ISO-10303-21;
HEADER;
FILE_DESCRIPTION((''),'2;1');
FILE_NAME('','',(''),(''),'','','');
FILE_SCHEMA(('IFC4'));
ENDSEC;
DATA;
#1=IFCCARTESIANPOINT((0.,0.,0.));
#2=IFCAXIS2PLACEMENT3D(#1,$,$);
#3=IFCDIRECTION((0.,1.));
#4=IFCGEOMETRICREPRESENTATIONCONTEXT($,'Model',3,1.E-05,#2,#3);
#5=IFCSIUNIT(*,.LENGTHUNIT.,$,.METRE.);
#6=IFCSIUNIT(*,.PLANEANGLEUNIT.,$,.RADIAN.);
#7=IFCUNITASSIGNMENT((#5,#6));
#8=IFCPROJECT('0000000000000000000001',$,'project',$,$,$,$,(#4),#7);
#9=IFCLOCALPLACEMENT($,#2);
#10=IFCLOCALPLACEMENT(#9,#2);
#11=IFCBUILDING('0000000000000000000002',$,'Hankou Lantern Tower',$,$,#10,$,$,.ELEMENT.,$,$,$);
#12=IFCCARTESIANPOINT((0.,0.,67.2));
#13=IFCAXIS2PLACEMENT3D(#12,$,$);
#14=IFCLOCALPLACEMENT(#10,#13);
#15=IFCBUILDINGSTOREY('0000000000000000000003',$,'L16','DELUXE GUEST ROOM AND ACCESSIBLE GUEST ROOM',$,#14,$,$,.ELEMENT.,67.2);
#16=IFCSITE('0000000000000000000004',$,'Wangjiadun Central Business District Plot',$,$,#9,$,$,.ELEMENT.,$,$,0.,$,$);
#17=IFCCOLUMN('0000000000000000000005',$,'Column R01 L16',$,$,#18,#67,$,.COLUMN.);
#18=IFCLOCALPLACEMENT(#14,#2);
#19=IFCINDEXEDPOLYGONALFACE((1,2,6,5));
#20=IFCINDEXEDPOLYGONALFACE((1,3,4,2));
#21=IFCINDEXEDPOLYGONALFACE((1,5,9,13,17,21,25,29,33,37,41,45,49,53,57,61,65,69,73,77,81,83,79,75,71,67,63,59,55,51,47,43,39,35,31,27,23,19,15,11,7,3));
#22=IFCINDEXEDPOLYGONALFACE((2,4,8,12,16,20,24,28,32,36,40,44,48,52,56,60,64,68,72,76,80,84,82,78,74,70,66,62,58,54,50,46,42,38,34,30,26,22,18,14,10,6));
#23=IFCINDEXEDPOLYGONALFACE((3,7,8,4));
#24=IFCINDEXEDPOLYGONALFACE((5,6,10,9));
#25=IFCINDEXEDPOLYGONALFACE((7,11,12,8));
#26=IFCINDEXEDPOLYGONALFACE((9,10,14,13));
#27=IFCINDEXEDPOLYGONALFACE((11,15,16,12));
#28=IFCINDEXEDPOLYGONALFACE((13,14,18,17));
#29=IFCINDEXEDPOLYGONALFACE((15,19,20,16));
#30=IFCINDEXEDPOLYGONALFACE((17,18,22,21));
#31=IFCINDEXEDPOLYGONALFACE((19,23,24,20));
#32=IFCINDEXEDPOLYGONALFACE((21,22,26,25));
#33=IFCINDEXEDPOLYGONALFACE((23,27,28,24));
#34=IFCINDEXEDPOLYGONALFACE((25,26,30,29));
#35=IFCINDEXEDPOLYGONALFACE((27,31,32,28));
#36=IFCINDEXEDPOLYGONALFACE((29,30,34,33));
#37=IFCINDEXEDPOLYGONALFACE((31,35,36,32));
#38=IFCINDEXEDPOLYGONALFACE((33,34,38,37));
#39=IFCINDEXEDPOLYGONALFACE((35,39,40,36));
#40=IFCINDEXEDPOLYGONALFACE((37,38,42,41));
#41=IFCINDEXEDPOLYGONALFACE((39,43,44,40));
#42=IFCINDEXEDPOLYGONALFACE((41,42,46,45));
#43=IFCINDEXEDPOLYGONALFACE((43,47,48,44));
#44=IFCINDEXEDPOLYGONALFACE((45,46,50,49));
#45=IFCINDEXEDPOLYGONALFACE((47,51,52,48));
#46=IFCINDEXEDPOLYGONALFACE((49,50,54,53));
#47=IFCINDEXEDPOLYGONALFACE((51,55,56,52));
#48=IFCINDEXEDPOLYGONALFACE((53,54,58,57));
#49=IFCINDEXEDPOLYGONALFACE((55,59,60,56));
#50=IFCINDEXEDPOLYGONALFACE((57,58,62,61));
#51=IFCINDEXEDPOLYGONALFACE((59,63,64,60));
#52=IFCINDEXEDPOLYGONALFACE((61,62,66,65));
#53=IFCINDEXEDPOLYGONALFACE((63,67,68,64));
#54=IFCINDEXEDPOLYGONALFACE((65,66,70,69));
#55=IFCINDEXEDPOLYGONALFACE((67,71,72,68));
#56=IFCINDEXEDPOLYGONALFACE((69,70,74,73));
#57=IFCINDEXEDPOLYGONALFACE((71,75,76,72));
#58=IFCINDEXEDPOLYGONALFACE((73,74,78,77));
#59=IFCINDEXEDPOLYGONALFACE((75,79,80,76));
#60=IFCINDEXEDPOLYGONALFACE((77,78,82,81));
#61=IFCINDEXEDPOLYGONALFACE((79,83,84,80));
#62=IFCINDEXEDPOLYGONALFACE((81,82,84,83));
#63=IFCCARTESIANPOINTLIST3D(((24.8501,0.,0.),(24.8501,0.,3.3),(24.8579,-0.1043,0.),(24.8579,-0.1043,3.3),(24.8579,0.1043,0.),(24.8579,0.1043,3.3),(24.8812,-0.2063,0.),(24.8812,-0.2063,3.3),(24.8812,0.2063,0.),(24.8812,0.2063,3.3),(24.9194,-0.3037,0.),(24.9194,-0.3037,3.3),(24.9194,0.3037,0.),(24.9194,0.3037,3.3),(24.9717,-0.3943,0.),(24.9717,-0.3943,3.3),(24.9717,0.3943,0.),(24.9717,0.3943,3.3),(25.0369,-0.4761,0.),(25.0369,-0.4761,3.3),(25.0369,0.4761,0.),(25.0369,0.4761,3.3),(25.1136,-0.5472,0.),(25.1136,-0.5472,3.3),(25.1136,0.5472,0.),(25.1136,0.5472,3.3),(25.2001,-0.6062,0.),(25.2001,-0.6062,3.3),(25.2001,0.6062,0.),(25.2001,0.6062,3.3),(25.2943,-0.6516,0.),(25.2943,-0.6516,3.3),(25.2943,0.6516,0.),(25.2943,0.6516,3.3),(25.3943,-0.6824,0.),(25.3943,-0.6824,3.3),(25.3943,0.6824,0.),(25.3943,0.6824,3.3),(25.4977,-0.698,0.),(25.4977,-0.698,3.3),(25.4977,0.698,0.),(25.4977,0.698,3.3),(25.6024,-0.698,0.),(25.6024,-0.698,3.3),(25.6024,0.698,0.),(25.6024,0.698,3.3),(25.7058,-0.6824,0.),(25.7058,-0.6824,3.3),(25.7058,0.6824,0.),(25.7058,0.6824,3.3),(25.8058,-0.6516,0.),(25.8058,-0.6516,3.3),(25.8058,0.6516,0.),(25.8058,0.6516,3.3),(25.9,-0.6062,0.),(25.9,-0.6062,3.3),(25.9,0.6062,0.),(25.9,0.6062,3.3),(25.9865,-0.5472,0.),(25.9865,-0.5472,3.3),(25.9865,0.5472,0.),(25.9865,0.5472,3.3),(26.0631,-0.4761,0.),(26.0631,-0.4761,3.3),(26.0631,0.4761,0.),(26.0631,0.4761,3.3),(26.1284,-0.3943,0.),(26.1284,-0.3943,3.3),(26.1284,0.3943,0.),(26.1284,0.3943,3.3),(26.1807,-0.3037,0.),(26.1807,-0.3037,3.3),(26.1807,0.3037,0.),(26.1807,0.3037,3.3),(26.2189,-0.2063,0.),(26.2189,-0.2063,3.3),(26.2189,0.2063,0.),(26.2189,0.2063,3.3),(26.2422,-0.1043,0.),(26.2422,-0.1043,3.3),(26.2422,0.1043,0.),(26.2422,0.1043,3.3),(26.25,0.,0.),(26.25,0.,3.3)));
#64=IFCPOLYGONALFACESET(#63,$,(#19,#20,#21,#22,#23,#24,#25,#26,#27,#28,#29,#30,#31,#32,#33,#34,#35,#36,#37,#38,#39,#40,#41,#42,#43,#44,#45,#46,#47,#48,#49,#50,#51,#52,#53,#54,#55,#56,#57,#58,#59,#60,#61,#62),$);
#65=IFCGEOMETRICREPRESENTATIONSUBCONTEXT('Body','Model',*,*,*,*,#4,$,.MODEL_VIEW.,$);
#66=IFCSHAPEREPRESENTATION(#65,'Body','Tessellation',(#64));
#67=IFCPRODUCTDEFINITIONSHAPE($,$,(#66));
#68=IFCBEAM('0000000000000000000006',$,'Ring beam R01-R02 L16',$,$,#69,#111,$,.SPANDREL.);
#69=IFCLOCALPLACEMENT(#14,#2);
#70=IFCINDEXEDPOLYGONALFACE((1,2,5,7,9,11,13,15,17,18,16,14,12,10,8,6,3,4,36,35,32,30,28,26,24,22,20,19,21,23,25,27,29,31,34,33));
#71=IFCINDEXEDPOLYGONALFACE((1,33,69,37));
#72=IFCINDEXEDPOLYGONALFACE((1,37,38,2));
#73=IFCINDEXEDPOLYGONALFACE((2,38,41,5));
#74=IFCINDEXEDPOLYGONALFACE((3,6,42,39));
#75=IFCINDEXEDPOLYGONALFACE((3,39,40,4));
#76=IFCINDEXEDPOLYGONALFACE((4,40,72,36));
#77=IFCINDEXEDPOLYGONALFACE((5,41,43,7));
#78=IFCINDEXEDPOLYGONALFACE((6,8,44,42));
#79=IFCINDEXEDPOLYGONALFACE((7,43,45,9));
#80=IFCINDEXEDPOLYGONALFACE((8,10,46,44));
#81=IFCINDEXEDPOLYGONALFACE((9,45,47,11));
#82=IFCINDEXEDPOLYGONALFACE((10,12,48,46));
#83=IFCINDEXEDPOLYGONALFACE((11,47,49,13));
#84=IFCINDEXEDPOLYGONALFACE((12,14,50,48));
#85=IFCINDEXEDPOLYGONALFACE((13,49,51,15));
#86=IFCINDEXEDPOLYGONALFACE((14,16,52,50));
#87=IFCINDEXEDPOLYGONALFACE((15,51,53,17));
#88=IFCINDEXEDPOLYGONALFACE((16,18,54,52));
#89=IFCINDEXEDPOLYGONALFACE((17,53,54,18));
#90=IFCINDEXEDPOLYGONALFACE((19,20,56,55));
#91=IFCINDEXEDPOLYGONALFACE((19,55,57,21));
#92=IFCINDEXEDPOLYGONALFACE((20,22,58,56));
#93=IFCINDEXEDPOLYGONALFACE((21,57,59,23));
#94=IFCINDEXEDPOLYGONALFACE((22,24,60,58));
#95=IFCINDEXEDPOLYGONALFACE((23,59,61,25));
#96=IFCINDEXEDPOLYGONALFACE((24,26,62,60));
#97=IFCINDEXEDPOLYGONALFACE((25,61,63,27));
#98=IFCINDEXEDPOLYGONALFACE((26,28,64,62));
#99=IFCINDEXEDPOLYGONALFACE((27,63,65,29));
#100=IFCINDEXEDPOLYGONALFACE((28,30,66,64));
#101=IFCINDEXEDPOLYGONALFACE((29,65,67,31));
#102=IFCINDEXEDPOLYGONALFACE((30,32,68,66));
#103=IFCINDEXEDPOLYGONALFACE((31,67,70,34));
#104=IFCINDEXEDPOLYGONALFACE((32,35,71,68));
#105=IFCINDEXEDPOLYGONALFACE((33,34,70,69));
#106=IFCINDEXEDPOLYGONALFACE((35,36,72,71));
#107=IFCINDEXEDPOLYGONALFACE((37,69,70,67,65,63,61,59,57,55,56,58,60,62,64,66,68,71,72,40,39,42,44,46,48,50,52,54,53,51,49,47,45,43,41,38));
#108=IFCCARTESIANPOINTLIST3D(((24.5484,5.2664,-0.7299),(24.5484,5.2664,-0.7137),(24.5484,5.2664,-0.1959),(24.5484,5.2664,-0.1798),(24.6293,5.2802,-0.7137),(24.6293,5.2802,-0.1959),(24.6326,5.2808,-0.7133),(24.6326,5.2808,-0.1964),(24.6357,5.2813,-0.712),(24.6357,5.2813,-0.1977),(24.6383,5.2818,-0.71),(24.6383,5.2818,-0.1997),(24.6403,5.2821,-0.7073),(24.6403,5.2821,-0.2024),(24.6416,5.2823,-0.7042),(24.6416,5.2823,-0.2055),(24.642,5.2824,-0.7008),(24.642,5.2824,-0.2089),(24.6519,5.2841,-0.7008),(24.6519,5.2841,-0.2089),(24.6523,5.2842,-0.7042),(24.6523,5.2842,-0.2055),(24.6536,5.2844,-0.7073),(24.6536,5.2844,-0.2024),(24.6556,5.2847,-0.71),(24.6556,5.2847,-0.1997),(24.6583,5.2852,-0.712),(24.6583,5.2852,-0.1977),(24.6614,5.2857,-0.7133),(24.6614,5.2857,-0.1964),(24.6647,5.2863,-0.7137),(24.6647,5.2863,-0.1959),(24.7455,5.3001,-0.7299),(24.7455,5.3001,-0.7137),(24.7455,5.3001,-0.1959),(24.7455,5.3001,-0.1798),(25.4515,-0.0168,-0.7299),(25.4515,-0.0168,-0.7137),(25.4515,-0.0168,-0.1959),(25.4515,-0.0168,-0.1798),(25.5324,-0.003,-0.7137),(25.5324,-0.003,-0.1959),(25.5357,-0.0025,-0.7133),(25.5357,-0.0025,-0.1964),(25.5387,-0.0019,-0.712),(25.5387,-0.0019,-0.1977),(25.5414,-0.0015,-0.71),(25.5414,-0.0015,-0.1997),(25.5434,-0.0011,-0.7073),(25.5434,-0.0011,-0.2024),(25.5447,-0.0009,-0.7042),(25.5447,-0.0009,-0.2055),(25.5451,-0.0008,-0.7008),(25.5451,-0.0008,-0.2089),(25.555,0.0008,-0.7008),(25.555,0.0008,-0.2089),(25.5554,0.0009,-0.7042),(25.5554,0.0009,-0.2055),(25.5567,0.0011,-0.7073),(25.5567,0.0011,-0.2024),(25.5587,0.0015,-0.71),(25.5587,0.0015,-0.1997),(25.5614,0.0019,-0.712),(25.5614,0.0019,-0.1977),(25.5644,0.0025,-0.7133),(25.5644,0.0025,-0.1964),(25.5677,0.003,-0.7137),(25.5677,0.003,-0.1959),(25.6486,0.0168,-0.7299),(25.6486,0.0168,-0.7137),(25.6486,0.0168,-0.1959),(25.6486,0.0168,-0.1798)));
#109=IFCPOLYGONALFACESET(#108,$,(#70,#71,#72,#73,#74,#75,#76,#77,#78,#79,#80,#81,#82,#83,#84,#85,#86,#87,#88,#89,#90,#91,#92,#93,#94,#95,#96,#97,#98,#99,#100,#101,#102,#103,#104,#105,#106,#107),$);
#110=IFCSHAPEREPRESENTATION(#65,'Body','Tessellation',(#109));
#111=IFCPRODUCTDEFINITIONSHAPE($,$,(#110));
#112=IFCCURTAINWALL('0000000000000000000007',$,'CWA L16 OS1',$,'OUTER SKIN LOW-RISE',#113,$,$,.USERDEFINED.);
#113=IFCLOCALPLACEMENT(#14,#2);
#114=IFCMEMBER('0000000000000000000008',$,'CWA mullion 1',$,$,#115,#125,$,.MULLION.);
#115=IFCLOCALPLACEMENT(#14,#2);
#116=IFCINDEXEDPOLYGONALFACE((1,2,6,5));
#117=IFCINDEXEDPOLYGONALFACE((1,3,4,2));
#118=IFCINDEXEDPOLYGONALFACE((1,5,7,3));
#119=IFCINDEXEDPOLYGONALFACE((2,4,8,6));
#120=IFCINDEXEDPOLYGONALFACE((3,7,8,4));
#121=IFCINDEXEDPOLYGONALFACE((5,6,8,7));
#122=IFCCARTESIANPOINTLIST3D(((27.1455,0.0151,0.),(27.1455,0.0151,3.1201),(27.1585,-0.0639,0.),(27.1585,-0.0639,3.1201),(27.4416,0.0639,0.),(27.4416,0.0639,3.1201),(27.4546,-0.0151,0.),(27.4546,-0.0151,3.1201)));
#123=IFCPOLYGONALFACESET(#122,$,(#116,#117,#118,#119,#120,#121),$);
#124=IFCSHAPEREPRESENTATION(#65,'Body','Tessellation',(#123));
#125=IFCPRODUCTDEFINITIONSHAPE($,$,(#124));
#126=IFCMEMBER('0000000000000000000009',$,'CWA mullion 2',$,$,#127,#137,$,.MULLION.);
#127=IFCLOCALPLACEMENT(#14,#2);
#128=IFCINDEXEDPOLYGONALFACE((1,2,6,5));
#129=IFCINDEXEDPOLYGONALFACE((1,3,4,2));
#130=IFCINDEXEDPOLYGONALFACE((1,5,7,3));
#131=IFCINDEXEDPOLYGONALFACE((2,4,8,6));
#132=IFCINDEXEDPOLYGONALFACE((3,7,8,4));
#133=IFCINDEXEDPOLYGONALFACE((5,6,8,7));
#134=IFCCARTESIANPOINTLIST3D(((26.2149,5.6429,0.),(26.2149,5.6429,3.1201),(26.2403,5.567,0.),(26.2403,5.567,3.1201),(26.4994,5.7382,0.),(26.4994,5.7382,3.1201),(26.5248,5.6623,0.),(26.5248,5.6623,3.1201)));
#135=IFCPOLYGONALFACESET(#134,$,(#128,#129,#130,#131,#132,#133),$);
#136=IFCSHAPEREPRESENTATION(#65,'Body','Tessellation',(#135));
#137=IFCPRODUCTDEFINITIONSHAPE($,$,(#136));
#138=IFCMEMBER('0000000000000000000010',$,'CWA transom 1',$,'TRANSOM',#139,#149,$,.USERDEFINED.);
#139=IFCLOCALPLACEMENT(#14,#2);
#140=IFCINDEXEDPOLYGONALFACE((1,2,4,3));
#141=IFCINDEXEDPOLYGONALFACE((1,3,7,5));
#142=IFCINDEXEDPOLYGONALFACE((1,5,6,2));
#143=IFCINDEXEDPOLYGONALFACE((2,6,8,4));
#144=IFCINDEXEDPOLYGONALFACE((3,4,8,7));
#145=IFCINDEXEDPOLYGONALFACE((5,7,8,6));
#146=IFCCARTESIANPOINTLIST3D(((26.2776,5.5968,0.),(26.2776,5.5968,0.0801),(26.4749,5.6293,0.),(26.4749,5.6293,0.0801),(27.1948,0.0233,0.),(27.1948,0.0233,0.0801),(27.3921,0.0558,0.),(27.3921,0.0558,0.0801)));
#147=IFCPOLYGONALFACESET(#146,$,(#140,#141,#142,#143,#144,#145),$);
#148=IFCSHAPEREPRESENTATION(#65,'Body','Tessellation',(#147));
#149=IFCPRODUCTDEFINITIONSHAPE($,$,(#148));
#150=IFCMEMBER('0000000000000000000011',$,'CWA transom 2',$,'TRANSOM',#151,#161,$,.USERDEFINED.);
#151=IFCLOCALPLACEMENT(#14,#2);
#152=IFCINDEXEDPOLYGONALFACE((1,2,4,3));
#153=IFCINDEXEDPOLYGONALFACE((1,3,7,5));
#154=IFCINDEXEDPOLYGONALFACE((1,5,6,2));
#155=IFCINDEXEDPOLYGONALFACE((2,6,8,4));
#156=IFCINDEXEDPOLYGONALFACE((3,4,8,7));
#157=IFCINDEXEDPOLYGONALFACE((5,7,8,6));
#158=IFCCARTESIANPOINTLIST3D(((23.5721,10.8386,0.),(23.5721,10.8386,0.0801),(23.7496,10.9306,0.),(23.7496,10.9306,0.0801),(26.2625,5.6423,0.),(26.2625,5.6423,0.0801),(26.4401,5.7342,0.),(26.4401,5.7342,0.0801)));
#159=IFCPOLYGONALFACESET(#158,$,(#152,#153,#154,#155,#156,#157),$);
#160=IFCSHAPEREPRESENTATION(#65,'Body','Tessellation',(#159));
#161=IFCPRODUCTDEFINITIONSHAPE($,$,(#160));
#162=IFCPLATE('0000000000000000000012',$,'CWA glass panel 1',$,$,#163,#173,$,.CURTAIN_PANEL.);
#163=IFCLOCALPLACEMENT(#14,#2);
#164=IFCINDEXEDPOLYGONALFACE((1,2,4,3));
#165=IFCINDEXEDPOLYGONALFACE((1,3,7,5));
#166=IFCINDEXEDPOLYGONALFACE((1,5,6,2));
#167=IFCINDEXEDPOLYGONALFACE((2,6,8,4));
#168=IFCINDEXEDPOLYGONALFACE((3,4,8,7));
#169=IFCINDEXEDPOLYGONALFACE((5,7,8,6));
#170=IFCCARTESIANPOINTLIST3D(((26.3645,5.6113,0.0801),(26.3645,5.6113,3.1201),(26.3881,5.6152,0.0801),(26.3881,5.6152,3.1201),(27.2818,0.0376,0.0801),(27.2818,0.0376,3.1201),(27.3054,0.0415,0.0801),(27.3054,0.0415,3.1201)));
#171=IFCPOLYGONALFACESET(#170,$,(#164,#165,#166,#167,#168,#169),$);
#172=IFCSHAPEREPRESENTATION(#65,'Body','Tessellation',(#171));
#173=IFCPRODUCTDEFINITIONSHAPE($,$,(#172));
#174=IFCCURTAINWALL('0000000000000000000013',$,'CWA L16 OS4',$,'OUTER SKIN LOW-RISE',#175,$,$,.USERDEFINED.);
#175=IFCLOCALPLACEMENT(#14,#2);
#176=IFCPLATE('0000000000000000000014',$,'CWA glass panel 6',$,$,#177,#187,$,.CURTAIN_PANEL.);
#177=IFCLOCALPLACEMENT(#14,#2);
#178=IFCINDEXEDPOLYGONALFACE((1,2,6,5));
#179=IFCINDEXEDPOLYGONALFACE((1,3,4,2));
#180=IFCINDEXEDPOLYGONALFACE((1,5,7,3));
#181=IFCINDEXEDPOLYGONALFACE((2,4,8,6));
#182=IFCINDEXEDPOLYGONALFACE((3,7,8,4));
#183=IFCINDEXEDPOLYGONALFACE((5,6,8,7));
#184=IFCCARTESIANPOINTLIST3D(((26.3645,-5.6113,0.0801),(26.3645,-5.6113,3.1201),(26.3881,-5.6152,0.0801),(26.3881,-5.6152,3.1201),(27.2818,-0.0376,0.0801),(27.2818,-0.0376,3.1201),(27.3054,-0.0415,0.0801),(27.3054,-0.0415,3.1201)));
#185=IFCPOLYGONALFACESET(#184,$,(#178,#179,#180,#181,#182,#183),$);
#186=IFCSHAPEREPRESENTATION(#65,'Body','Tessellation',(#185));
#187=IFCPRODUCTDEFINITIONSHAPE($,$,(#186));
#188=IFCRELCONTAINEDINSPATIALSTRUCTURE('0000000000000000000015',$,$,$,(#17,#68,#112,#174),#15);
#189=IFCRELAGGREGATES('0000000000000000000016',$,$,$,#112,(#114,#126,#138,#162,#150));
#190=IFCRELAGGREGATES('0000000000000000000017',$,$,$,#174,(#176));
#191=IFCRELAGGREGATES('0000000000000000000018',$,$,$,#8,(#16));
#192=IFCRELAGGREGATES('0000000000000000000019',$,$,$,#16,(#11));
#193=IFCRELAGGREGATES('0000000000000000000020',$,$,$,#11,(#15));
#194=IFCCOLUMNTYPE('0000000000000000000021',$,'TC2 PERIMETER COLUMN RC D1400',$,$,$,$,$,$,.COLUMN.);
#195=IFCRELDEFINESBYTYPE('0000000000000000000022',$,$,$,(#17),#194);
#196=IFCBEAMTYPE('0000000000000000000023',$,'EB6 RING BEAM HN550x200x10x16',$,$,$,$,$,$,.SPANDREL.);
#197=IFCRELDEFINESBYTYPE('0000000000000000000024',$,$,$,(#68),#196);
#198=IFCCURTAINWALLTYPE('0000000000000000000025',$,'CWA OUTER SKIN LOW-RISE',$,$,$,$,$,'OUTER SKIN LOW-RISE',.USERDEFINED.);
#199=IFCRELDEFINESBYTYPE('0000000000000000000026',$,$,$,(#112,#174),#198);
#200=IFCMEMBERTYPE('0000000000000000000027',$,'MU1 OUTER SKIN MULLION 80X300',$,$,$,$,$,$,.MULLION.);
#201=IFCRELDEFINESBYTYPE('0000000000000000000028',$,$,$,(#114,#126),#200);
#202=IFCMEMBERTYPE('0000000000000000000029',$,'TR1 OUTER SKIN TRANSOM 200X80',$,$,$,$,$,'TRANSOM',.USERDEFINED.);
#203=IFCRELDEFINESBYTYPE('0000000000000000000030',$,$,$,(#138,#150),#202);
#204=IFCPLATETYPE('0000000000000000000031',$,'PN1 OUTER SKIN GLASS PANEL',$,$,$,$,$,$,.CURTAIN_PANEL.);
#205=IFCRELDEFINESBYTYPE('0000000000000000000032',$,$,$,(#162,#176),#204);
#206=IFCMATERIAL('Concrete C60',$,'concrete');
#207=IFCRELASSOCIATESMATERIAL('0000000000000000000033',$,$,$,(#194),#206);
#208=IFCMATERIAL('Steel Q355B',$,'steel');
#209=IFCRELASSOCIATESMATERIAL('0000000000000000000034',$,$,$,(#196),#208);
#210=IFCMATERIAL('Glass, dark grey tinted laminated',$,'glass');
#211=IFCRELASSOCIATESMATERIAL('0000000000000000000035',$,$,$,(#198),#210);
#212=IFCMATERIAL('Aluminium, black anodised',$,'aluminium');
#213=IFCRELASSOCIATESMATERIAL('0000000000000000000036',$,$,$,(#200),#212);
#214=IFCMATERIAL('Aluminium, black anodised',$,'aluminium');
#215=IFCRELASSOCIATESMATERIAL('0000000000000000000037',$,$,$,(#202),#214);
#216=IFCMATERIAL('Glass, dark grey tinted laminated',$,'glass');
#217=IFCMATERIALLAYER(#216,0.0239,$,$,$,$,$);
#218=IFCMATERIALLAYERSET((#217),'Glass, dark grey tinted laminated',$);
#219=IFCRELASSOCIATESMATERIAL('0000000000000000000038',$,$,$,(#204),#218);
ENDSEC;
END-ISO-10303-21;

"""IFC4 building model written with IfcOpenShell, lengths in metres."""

from ifc_helpers import new_model, si_unit, direction, frame, origin, origin_2d, place, context, subcontext, project, spatial, rectangle, circle, i_section, extrude, material, layer, layer_set, material_profile, profile_set, type_object, element, aggregate, save


model = new_model("IFC4")

# Units and contexts
model_context = context("Model", 3, precision=1e-05, world=origin(), true_north=direction((0.0, 1.0)))
body_context = subcontext(model_context, "Body", "Model", "MODEL_VIEW")
ifc_project = project(units=[si_unit("LENGTHUNIT", "METRE"), si_unit("PLANEANGLEUNIT", "RADIAN")], contexts=[model_context])

# Site, building, storey
site_placement = place(None, origin())
site = spatial("IfcSite", under=ifc_project, at=site_placement, Name="Wangjiadun Central Business District Plot", CompositionType="ELEMENT", RefElevation=0.0)
building_placement = place(site_placement, origin())
building = spatial("IfcBuilding", under=site, at=building_placement, Name="Hankou Lantern Tower", CompositionType="ELEMENT")
storey_placement = place(building_placement, frame((0.0, 0.0, 67.2)))
storey = spatial("IfcBuildingStorey", under=building, at=storey_placement, Name="L16", Description="DELUXE GUEST ROOM AND ACCESSIBLE GUEST ROOM", CompositionType="ELEMENT", Elevation=67.2)

# Column
ifc_material_1 = material(Name="Concrete C60", Category="concrete")
ifc_material_profile_1 = material_profile(ifc_material_1, circle(Radius=0.7, at=origin_2d()), Name="RC D1400")
ifc_profile_set_1 = profile_set([ifc_material_profile_1], Name="Concrete C60")
column_type = type_object("IfcColumnType", Name="TC2 PERIMETER COLUMN RC D1400", PredefinedType="COLUMN", material=ifc_profile_set_1)
column_placement = place(storey_placement, frame((25.55, 0.0, 0.0), z_axis=(0.0, 0.0, 1.0), x_axis=(1.0, 0.0, 0.0)))
element("IfcColumn", 1, at=column_placement, inside=storey, type_object=column_type, Name="Column R01 L16", PredefinedType="COLUMN", context=body_context, shape_type="SweptSolid", body=[
    extrude(circle(Radius=0.7, at=origin_2d()), origin(), (0.0, 0.0, 1.0), 3.3),
])

# Beam
ifc_material_2 = material(Name="Steel Q355B", Category="steel")
ifc_material_profile_2 = material_profile(ifc_material_2, i_section(OverallWidth=0.2, OverallDepth=0.55, WebThickness=0.01, FlangeThickness=0.0161, FilletRadius=0.0129, at=origin_2d()), Name="HN550x200x10x16")
ifc_profile_set_2 = profile_set([ifc_material_profile_2], Name="Steel Q355B")
beam_type = type_object("IfcBeamType", Name="EB6 RING BEAM HN550x200x10x16", PredefinedType="SPANDREL", material=ifc_profile_set_2)
beam_placement = place(storey_placement, frame((25.55, 0.0, -0.4548), z_axis=(-0.16849, 0.985703, 0.0), x_axis=(-0.985703, -0.16849, 0.0)))
element("IfcBeam", 2, at=beam_placement, inside=storey, type_object=beam_type, Name="Ring beam R01-R02 L16", PredefinedType="SPANDREL", context=body_context, shape_type="SweptSolid", body=[
    extrude(i_section(OverallWidth=0.2, OverallDepth=0.55, WebThickness=0.01, FlangeThickness=0.0161, FilletRadius=0.0129, at=origin_2d()), origin(), (0.0, 0.0, 1.0), 5.3599),
])

# Curtain wall, members, plate
ifc_material_3 = material(Name="Glass, dark grey tinted laminated", Category="glass")
curtain_wall_type = type_object("IfcCurtainWallType", Name="CWA OUTER SKIN LOW-RISE", ElementType="OUTER SKIN LOW-RISE", PredefinedType="USERDEFINED", material=ifc_material_3)
curtain_wall_1_placement = place(storey_placement, origin())
curtain_wall_1 = element("IfcCurtainWall", 3, at=curtain_wall_1_placement, inside=storey, type_object=curtain_wall_type, Name="CWA L16 OS1", ObjectType="OUTER SKIN LOW-RISE", PredefinedType="USERDEFINED")
ifc_material_4 = material(Name="Aluminium, black anodised", Category="aluminium")
ifc_material_profile_3 = material_profile(ifc_material_4, rectangle(XDim=0.0801, YDim=0.3, at=origin_2d()), Name="MU1 80X300")
ifc_profile_set_3 = profile_set([ifc_material_profile_3], Name="Aluminium, black anodised")
member_type_1 = type_object("IfcMemberType", Name="MU1 OUTER SKIN MULLION 80X300", PredefinedType="MULLION", material=ifc_profile_set_3)
member_1_placement = place(storey_placement, frame((27.3, 0.0, 0.0), z_axis=(0.0, 0.0, 1.0), x_axis=(-0.162382, 0.986728, 0.0)))
member_1 = element("IfcMember", 4, at=member_1_placement, type_object=member_type_1, Name="CWA mullion 1", PredefinedType="MULLION", context=body_context, shape_type="SweptSolid", body=[
    extrude(rectangle(XDim=0.0801, YDim=0.3, at=origin_2d()), origin(), (0.0, 0.0, 1.0), 3.1201),
])
member_2_placement = place(storey_placement, frame((26.3699, 5.6526, 0.0), z_axis=(0.0, 0.0, 1.0), x_axis=(-0.317596, 0.948226, 0.0)))
member_2 = element("IfcMember", 5, at=member_2_placement, type_object=member_type_1, Name="CWA mullion 2", PredefinedType="MULLION", context=body_context, shape_type="SweptSolid", body=[
    extrude(rectangle(XDim=0.0801, YDim=0.3, at=origin_2d()), origin(), (0.0, 0.0, 1.0), 3.1201),
])
ifc_material_5 = material(Name="Aluminium, black anodised", Category="aluminium")
ifc_material_profile_4 = material_profile(ifc_material_5, rectangle(XDim=0.2, YDim=0.0801, at=origin_2d()), Name="TR1 200X80")
ifc_profile_set_4 = profile_set([ifc_material_profile_4], Name="Aluminium, black anodised")
member_type_2 = type_object("IfcMemberType", Name="TR1 OUTER SKIN TRANSOM 200X80", ElementType="TRANSOM", PredefinedType="USERDEFINED", material=ifc_profile_set_4)
member_3_placement = place(storey_placement, frame((27.2935, 0.0396, 0.04), z_axis=(-0.162387, 0.986727, 0.0), x_axis=(-0.986727, -0.162387, 0.0)))
member_3 = element("IfcMember", 6, at=member_3_placement, type_object=member_type_2, Name="CWA transom 1", ObjectType="TRANSOM", PredefinedType="USERDEFINED", context=body_context, shape_type="SweptSolid", body=[
    extrude(rectangle(XDim=0.2, YDim=0.0801, at=origin_2d()), origin(), (0.0, 0.0, 1.0), 5.6484),
])
member_4_placement = place(storey_placement, frame((26.3513, 5.6882, 0.04), z_axis=(-0.459786, 0.88803, 0.0), x_axis=(-0.88803, -0.459786, 0.0)))
member_4 = element("IfcMember", 7, at=member_4_placement, type_object=member_type_2, Name="CWA transom 2", ObjectType="TRANSOM", PredefinedType="USERDEFINED", context=body_context, shape_type="SweptSolid", body=[
    extrude(rectangle(XDim=0.2, YDim=0.0801, at=origin_2d()), origin(), (0.0, 0.0, 1.0), 5.8516),
])
ifc_material_6 = material(Name="Glass, dark grey tinted laminated", Category="glass")
ifc_layer_1 = layer(ifc_material_6, 0.0239)
ifc_layer_set_1 = layer_set([ifc_layer_1], Name="Glass, dark grey tinted laminated")
plate_type = type_object("IfcPlateType", Name="PN1 OUTER SKIN GLASS PANEL", PredefinedType="CURTAIN_PANEL", material=ifc_layer_set_1)
plate_1_placement = place(storey_placement, frame((26.835, 2.8264, 0.0801), z_axis=(0.0, 0.0, 1.0), x_axis=(-0.162382, 0.986728, 0.0)))
plate_1 = element("IfcPlate", 8, at=plate_1_placement, type_object=plate_type, Name="CWA glass panel 1", PredefinedType="CURTAIN_PANEL", context=body_context, shape_type="SweptSolid", body=[
    extrude(rectangle(XDim=5.6487, YDim=0.0239, at=origin_2d()), origin(), (0.0, 0.0, 1.0), 3.04),
])
aggregate(curtain_wall_1, [member_1, member_2, member_3, plate_1, member_4])

# Curtain wall, plate
curtain_wall_2_placement = place(storey_placement, origin())
curtain_wall_2 = element("IfcCurtainWall", 9, at=curtain_wall_2_placement, inside=storey, type_object=curtain_wall_type, Name="CWA L16 OS4", ObjectType="OUTER SKIN LOW-RISE", PredefinedType="USERDEFINED")
plate_2_placement = place(storey_placement, frame((26.835, -2.8264, 0.0801), z_axis=(0.0, 0.0, 1.0), x_axis=(0.162382, 0.986728, 0.0)))
plate_2 = element("IfcPlate", 10, at=plate_2_placement, type_object=plate_type, Name="CWA glass panel 6", PredefinedType="CURTAIN_PANEL", context=body_context, shape_type="SweptSolid", body=[
    extrude(rectangle(XDim=5.6487, YDim=0.0239, at=origin_2d()), origin(), (0.0, 0.0, 1.0), 3.04),
])
aggregate(curtain_wall_2, [plate_2])

save(model, "model.ifc")
